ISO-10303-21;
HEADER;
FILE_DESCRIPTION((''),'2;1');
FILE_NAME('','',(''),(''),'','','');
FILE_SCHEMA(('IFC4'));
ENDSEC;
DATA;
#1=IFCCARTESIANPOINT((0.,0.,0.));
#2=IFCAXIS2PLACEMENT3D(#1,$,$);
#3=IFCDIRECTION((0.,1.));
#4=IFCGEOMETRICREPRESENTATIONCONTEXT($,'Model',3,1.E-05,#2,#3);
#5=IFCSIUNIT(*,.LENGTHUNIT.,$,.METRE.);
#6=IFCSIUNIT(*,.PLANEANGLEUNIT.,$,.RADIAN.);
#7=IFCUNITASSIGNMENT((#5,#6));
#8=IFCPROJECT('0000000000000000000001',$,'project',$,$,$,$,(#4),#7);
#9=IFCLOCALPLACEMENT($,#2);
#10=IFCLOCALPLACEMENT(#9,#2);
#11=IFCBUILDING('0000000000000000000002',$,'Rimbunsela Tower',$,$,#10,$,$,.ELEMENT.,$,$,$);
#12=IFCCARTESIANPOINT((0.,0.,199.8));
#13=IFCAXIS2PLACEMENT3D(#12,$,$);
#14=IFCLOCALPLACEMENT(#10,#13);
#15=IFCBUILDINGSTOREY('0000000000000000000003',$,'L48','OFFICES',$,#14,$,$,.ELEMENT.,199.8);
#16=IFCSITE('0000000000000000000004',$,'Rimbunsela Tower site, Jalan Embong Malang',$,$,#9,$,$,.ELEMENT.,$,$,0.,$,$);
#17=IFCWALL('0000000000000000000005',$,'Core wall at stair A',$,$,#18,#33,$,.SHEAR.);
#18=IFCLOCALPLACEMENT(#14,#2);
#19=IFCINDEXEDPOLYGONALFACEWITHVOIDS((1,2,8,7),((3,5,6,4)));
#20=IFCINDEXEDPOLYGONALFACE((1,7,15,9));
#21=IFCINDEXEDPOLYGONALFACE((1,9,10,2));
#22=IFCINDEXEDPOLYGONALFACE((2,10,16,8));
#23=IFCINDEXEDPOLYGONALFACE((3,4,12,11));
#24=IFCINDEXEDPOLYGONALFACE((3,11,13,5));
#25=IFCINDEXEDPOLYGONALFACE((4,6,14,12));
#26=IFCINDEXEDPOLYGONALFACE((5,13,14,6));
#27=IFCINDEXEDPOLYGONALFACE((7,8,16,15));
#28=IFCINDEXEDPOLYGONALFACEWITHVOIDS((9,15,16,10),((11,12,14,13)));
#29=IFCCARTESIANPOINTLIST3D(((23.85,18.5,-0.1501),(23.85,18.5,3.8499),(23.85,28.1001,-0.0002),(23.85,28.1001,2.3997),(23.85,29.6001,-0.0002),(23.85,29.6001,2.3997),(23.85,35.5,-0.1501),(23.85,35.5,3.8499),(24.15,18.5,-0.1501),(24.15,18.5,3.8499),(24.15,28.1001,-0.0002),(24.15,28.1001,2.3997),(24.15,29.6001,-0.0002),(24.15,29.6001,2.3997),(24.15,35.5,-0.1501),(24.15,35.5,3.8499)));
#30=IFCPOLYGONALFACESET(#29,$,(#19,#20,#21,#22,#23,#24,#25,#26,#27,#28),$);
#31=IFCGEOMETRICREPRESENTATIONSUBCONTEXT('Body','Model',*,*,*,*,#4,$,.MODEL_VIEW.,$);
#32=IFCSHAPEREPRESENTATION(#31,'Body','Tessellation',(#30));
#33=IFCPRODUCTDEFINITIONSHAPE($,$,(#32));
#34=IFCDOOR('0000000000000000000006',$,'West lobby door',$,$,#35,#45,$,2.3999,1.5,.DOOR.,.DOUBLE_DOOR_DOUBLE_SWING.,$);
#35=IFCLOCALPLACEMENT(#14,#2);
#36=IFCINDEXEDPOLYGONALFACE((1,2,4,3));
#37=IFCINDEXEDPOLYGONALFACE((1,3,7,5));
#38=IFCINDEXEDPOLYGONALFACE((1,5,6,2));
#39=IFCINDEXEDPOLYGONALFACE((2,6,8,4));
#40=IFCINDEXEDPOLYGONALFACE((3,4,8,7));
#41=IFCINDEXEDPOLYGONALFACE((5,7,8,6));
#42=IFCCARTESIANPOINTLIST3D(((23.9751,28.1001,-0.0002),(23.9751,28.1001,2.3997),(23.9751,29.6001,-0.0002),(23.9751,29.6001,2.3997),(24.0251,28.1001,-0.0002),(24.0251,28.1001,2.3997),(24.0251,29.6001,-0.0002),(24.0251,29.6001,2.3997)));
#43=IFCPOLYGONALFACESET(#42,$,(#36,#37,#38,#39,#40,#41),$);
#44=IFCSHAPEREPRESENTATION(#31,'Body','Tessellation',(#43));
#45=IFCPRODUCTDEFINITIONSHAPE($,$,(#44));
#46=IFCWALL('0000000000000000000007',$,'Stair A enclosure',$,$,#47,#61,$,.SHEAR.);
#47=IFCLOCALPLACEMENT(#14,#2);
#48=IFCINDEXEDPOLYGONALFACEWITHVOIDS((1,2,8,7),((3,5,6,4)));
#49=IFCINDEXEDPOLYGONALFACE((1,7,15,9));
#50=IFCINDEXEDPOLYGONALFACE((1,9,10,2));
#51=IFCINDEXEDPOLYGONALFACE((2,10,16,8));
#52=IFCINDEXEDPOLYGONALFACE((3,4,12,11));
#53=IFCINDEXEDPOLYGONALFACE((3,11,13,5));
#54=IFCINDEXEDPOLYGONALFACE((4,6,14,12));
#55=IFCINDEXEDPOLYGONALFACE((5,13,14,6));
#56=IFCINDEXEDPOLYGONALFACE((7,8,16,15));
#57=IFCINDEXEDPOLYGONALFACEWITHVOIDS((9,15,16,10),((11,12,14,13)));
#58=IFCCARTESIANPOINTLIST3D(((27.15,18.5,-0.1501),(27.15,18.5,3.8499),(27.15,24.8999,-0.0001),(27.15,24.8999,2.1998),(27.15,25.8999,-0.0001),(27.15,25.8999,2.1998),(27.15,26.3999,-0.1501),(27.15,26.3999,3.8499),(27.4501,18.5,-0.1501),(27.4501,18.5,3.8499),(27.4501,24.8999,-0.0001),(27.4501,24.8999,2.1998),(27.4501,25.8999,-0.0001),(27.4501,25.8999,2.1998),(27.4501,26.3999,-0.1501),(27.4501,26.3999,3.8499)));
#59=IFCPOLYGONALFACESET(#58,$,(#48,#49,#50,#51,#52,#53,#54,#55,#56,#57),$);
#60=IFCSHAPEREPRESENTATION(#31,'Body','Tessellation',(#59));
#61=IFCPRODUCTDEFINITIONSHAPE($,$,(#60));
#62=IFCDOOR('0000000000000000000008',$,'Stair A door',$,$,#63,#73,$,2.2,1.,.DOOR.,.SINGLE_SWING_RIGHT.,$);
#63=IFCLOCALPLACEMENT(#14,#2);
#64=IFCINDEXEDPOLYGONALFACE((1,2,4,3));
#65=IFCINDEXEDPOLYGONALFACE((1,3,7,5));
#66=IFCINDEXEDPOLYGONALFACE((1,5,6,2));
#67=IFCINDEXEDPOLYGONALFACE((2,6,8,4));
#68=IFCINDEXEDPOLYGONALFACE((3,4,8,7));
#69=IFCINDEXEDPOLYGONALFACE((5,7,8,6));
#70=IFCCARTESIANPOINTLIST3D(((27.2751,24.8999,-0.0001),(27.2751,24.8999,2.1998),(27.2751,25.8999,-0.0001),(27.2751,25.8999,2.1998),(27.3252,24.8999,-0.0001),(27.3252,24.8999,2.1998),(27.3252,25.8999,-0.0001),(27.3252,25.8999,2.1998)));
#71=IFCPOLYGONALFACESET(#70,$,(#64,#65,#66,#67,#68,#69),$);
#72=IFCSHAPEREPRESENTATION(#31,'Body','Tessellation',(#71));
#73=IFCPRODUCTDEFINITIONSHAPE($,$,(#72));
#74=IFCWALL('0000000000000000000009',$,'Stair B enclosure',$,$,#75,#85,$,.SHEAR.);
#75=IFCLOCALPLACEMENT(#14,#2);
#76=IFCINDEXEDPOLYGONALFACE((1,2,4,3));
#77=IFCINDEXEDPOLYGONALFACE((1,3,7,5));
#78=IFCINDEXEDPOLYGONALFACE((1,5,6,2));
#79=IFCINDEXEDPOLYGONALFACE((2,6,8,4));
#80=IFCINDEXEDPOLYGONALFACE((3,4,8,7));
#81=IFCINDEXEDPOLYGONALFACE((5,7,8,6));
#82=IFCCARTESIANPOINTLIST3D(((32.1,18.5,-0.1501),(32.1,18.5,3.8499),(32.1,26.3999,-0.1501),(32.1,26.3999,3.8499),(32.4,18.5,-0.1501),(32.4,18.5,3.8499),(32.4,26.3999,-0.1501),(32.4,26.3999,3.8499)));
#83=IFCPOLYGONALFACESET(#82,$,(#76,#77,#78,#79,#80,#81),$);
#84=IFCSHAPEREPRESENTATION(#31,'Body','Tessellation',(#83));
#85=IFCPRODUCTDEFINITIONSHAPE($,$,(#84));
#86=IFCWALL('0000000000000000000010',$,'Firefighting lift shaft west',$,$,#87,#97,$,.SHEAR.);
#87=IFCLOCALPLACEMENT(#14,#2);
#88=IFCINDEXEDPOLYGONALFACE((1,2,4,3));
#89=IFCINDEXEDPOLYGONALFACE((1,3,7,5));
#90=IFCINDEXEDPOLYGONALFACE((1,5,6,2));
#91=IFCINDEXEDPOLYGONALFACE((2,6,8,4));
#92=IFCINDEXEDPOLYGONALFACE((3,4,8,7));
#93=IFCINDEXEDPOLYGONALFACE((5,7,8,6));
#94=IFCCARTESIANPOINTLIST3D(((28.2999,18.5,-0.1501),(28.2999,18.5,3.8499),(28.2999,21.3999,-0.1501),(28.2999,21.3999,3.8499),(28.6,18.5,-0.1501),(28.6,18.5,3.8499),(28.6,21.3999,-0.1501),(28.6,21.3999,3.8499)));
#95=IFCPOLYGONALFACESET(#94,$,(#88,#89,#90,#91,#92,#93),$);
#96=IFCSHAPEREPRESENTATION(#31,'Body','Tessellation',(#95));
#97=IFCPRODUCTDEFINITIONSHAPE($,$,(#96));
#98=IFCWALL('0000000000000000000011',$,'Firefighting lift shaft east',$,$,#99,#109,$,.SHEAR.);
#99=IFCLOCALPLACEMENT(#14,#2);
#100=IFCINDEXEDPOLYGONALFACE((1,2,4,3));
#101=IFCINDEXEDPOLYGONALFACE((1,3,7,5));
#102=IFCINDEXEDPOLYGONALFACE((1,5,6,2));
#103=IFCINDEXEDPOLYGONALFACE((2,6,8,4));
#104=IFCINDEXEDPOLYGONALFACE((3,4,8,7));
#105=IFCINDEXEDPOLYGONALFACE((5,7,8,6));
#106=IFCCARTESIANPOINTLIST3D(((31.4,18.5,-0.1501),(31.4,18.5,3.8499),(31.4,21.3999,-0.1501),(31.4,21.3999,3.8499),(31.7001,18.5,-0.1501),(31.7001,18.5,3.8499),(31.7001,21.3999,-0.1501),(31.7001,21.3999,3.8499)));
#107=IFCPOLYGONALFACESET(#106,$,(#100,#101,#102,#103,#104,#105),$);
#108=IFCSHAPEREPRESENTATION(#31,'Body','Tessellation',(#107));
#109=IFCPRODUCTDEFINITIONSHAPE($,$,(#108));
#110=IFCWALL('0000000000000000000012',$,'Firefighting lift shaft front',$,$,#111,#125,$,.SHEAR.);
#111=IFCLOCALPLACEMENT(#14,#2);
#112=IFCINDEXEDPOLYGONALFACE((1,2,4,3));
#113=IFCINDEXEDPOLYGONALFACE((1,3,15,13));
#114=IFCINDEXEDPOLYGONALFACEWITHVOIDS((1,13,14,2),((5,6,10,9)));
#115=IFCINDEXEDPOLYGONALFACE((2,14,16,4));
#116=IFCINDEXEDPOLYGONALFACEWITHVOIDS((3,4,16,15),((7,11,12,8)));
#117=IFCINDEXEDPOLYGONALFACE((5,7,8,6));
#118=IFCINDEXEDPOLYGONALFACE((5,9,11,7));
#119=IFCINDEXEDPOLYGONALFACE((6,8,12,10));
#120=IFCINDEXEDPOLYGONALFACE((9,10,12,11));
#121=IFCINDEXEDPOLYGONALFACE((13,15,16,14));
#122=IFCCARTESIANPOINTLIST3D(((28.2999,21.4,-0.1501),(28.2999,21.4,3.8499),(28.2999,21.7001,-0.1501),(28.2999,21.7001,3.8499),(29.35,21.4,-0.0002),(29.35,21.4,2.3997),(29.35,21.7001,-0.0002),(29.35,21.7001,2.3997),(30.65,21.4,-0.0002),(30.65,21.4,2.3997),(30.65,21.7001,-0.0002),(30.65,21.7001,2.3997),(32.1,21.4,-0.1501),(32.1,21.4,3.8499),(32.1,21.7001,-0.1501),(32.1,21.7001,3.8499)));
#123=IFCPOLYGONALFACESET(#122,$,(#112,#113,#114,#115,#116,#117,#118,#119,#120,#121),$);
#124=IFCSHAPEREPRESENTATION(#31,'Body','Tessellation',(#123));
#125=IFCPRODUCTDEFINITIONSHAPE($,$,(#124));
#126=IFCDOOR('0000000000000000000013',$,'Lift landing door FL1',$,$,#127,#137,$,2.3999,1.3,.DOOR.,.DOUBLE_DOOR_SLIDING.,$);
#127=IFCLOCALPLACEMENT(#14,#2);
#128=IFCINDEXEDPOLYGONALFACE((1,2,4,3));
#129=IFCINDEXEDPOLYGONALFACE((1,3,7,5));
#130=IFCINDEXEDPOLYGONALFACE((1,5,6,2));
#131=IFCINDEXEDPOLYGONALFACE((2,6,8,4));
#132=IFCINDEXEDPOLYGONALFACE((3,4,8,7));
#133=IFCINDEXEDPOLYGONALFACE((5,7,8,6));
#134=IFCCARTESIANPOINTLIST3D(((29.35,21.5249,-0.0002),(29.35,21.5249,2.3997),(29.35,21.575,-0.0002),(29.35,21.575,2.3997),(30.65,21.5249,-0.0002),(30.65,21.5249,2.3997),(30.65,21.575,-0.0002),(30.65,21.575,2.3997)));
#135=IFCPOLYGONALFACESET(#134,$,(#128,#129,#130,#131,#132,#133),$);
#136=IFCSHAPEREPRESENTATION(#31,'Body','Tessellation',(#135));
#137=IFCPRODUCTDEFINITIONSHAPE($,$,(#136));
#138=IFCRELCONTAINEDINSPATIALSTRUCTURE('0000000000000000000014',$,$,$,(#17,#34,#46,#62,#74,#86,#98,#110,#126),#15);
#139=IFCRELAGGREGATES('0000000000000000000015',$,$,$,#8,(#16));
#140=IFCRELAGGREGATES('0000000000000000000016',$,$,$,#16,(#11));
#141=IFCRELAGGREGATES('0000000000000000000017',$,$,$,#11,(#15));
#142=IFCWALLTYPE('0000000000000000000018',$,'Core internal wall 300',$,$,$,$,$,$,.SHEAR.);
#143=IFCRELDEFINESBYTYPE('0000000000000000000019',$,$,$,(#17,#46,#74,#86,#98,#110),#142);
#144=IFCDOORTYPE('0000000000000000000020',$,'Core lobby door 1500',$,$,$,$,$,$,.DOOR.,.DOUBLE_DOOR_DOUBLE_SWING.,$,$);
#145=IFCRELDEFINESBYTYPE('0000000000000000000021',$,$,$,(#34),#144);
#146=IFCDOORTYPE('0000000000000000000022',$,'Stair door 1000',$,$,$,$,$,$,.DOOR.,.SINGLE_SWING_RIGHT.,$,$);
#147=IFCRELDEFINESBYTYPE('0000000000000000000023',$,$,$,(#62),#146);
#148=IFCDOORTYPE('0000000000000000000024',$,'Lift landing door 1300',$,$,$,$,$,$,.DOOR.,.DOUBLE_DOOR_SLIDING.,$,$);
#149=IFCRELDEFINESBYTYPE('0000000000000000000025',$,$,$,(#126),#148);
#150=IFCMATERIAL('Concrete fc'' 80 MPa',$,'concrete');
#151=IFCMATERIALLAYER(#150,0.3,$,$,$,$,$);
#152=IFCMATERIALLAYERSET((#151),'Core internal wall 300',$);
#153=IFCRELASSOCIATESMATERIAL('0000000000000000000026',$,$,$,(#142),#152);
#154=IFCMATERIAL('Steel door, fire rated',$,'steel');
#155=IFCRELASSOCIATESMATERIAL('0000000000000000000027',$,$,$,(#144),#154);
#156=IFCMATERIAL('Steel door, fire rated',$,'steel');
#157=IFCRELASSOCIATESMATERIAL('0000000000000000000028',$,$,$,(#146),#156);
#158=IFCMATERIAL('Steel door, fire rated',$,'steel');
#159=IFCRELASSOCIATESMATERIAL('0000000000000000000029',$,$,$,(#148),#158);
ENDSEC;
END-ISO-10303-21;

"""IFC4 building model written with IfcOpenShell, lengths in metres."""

from ifc_helpers import new_model, si_unit, direction, frame, frame_2d, origin, place, context, subcontext, project, spatial, rectangle, extrude, material, layer, layer_set, type_object, element, fill, save


model = new_model("IFC4")

# Units and contexts
model_context = context("Model", 3, precision=1e-05, world=origin(), true_north=direction((0.0, 1.0)))
body_context = subcontext(model_context, "Body", "Model", "MODEL_VIEW")
ifc_project = project(units=[si_unit("LENGTHUNIT", "METRE"), si_unit("PLANEANGLEUNIT", "RADIAN")], contexts=[model_context])

# Site, building, storey
site_placement = place(None, origin())
site = spatial("IfcSite", under=ifc_project, at=site_placement, Name="Rimbunsela Tower site, Jalan Embong Malang", CompositionType="ELEMENT", RefElevation=0.0)
building_placement = place(site_placement, origin())
building = spatial("IfcBuilding", under=site, at=building_placement, Name="Rimbunsela Tower", CompositionType="ELEMENT")
storey_placement = place(building_placement, frame((0.0, 0.0, 199.8)))
storey = spatial("IfcBuildingStorey", under=building, at=storey_placement, Name="L48", Description="OFFICES", CompositionType="ELEMENT", Elevation=199.8)

# Walls, openings, doors
ifc_material_1 = material(Name="Concrete fc' 80 MPa", Category="concrete")
ifc_layer_1 = layer(ifc_material_1, 0.3)
ifc_layer_set_1 = layer_set([ifc_layer_1], Name="Core internal wall 300")
wall_type_1 = type_object("IfcWallType", Name="Core internal wall 300", PredefinedType="SHEAR", material=ifc_layer_set_1)
wall_1_placement = place(storey_placement, frame((24.0, 18.5, -0.1501), z_axis=(0.0, 0.0, 1.0), x_axis=(0.0, 1.0, 0.0)))
wall_1 = element("IfcWall", 1, at=wall_1_placement, inside=storey, type_object=wall_type_1, Name="Core wall at stair A", PredefinedType="SHEAR", context=body_context, shape_type="SweptSolid", body=[
    extrude(rectangle(XDim=17.0, YDim=0.3, at=frame_2d((8.5, 0.0))), origin(), (0.0, 0.0, 1.0), 4.0),
])
opening_1_placement = place(wall_1_placement, frame((9.6001, 0.0, 0.1499)))
opening_1 = element("IfcOpeningElement", 2, at=opening_1_placement, cuts=wall_1, PredefinedType="OPENING", context=body_context, shape_type="SweptSolid", body=[
    extrude(rectangle(XDim=1.5, YDim=2.3999, at=frame_2d((0.75, 1.2))), frame((0.0, 0.1599, 0.0), z_axis=(0.0, -1.0, 0.0), x_axis=(1.0, 0.0, 0.0)), (0.0, 0.0, 1.0), 0.3201),
])
ifc_material_2 = material(Name="Steel door, fire rated", Category="steel")
door_type_1 = type_object("IfcDoorType", Name="Core lobby door 1500", OperationType="DOUBLE_DOOR_DOUBLE_SWING", PredefinedType="DOOR", material=ifc_material_2)
door_1_placement = place(opening_1_placement, origin())
door_1 = element("IfcDoor", 3, at=door_1_placement, inside=storey, type_object=door_type_1, Name="West lobby door", OperationType="DOUBLE_DOOR_DOUBLE_SWING", OverallHeight=2.3999, OverallWidth=1.5, PredefinedType="DOOR", context=body_context, shape_type="SweptSolid", body=[
    extrude(rectangle(XDim=1.5, YDim=2.3999, at=frame_2d((0.75, 1.2))), frame((0.0, 0.0249, 0.0), z_axis=(0.0, -1.0, 0.0), x_axis=(1.0, 0.0, 0.0)), (0.0, 0.0, 1.0), 0.05),
])
fill(opening_1, door_1)
wall_2_placement = place(storey_placement, frame((27.3, 18.5, -0.1501), z_axis=(0.0, 0.0, 1.0), x_axis=(0.0, 1.0, 0.0)))
wall_2 = element("IfcWall", 4, at=wall_2_placement, inside=storey, type_object=wall_type_1, Name="Stair A enclosure", PredefinedType="SHEAR", context=body_context, shape_type="SweptSolid", body=[
    extrude(rectangle(XDim=7.8999, YDim=0.3, at=frame_2d((3.95, 0.0))), origin(), (0.0, 0.0, 1.0), 4.0),
])
opening_2_placement = place(wall_2_placement, frame((6.3999, 0.0, 0.1499)))
opening_2 = element("IfcOpeningElement", 5, at=opening_2_placement, cuts=wall_2, PredefinedType="OPENING", context=body_context, shape_type="SweptSolid", body=[
    extrude(rectangle(XDim=1.0, YDim=2.2, at=frame_2d((0.5, 1.1001))), frame((0.0, 0.1599, 0.0), z_axis=(0.0, -1.0, 0.0), x_axis=(1.0, 0.0, 0.0)), (0.0, 0.0, 1.0), 0.3201),
])
ifc_material_3 = material(Name="Steel door, fire rated", Category="steel")
door_type_2 = type_object("IfcDoorType", Name="Stair door 1000", OperationType="SINGLE_SWING_RIGHT", PredefinedType="DOOR", material=ifc_material_3)
door_2_placement = place(opening_2_placement, origin())
door_2 = element("IfcDoor", 6, at=door_2_placement, inside=storey, type_object=door_type_2, Name="Stair A door", OperationType="SINGLE_SWING_RIGHT", OverallHeight=2.2, OverallWidth=1.0, PredefinedType="DOOR", context=body_context, shape_type="SweptSolid", body=[
    extrude(rectangle(XDim=1.0, YDim=2.2, at=frame_2d((0.5, 1.1001))), frame((0.0, 0.0249, 0.0), z_axis=(0.0, -1.0, 0.0), x_axis=(1.0, 0.0, 0.0)), (0.0, 0.0, 1.0), 0.05),
])
fill(opening_2, door_2)

# Walls
wall_3_placement = place(storey_placement, frame((32.25, 18.5, -0.1501), z_axis=(0.0, 0.0, 1.0), x_axis=(0.0, 1.0, 0.0)))
element("IfcWall", 7, at=wall_3_placement, inside=storey, type_object=wall_type_1, Name="Stair B enclosure", PredefinedType="SHEAR", context=body_context, shape_type="SweptSolid", body=[
    extrude(rectangle(XDim=7.8999, YDim=0.3, at=frame_2d((3.95, 0.0))), origin(), (0.0, 0.0, 1.0), 4.0),
])
for number, where, z_axis, x_axis, name in (
    (8, (28.45, 18.5, -0.1501), (0.0, 0.0, 1.0), (0.0, 1.0, 0.0), "Firefighting lift shaft west"),
    (9, (31.55, 18.5, -0.1501), (0.0, 0.0, 1.0), (0.0, 1.0, 0.0), "Firefighting lift shaft east"),
):
    element("IfcWall", number, at=place(storey_placement, frame(where, z_axis=z_axis, x_axis=x_axis)), inside=storey, type_object=wall_type_1, Name=name, PredefinedType="SHEAR", context=body_context, shape_type="SweptSolid", body=[
        extrude(rectangle(XDim=2.8999, YDim=0.3, at=frame_2d((1.45, 0.0))), origin(), (0.0, 0.0, 1.0), 4.0),
    ])

# Wall, opening, door
wall_4_placement = place(storey_placement, frame((28.3, 21.55, -0.1501), z_axis=(0.0, 0.0, 1.0), x_axis=(1.0, 0.0, 0.0)))
wall_4 = element("IfcWall", 10, at=wall_4_placement, inside=storey, type_object=wall_type_1, Name="Firefighting lift shaft front", PredefinedType="SHEAR", context=body_context, shape_type="SweptSolid", body=[
    extrude(rectangle(XDim=3.8, YDim=0.3, at=frame_2d((1.8999, 0.0))), origin(), (0.0, 0.0, 1.0), 4.0),
])
opening_3_placement = place(wall_4_placement, frame((1.05, 0.0, 0.1499)))
opening_3 = element("IfcOpeningElement", 11, at=opening_3_placement, cuts=wall_4, PredefinedType="OPENING", context=body_context, shape_type="SweptSolid", body=[
    extrude(rectangle(XDim=1.3, YDim=2.3999, at=frame_2d((0.6499, 1.2))), frame((0.0, 0.1599, 0.0), z_axis=(0.0, -1.0, 0.0), x_axis=(1.0, 0.0, 0.0)), (0.0, 0.0, 1.0), 0.3201),
])
ifc_material_4 = material(Name="Steel door, fire rated", Category="steel")
door_type_3 = type_object("IfcDoorType", Name="Lift landing door 1300", OperationType="DOUBLE_DOOR_SLIDING", PredefinedType="DOOR", material=ifc_material_4)
door_3_placement = place(opening_3_placement, origin())
door_3 = element("IfcDoor", 12, at=door_3_placement, inside=storey, type_object=door_type_3, Name="Lift landing door FL1", OperationType="DOUBLE_DOOR_SLIDING", OverallHeight=2.3999, OverallWidth=1.3, PredefinedType="DOOR", context=body_context, shape_type="SweptSolid", body=[
    extrude(rectangle(XDim=1.3, YDim=2.3999, at=frame_2d((0.6499, 1.2))), frame((0.0, 0.0249, 0.0), z_axis=(0.0, -1.0, 0.0), x_axis=(1.0, 0.0, 0.0)), (0.0, 0.0, 1.0), 0.05),
])
fill(opening_3, door_3)

save(model, "model.ifc")
